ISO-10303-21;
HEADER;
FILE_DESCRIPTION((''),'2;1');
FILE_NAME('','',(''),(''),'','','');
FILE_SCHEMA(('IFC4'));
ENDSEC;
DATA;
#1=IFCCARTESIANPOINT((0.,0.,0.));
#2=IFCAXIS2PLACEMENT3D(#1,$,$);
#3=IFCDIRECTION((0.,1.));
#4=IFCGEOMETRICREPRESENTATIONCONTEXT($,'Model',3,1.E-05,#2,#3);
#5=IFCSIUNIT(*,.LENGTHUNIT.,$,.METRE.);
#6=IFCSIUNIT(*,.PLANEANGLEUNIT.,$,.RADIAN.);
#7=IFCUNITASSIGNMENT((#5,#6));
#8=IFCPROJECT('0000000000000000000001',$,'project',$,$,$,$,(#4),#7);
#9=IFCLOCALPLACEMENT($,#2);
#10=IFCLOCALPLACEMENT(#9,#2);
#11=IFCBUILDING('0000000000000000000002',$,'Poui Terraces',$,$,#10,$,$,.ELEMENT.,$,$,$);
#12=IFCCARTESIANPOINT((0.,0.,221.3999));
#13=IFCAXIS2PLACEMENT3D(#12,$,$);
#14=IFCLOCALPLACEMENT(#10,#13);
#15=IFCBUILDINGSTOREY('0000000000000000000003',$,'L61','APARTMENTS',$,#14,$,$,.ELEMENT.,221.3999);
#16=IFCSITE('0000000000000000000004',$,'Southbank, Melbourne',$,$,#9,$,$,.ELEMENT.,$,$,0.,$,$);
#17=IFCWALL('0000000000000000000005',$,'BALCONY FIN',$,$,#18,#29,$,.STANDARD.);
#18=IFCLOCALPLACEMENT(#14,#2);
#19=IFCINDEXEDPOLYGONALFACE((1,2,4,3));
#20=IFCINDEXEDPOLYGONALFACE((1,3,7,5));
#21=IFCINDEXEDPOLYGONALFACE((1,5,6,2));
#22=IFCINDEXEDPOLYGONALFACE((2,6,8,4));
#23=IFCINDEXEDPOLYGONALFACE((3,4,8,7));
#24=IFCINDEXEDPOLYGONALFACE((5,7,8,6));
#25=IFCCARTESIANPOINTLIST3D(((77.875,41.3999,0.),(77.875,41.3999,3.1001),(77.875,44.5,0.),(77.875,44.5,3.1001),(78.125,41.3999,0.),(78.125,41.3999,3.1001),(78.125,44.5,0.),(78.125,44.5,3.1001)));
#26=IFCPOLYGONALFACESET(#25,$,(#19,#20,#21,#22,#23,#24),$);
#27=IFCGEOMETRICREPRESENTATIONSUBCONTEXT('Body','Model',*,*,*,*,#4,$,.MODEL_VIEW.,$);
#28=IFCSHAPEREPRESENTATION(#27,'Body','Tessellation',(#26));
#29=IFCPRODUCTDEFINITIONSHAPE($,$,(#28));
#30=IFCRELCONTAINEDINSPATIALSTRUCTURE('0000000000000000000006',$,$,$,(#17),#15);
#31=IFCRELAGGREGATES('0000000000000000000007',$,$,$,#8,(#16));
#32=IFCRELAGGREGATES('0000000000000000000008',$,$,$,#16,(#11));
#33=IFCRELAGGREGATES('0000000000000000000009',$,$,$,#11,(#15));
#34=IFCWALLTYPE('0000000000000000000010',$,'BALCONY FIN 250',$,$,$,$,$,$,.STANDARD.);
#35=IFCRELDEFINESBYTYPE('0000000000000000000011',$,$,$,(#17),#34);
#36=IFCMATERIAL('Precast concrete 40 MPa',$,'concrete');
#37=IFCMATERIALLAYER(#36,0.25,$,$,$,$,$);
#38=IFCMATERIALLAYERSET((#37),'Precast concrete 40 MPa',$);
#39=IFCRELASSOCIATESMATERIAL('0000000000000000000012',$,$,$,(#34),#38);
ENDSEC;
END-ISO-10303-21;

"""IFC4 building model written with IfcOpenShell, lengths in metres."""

from ifc_helpers import new_model, si_unit, direction, frame, origin, place, context, subcontext, project, spatial, polyline, outline, extrude, source, transform, mapped, material, layer, layer_set, type_object, element, save


model = new_model("IFC4")

# Units and contexts
model_context = context("Model", 3, precision=1e-05, world=origin(), true_north=direction((0.0, 1.0)))
body_context = subcontext(model_context, "Body", "Model", "MODEL_VIEW")
ifc_project = project(units=[si_unit("LENGTHUNIT", "METRE"), si_unit("PLANEANGLEUNIT", "RADIAN")], contexts=[model_context])

# Site, building, storey
site_placement = place(None, origin())
site = spatial("IfcSite", under=ifc_project, at=site_placement, Name="Southbank, Melbourne", CompositionType="ELEMENT", RefElevation=0.0)
building_placement = place(site_placement, origin())
building = spatial("IfcBuilding", under=site, at=building_placement, Name="Poui Terraces", CompositionType="ELEMENT")
storey_placement = place(building_placement, frame((0.0, 0.0, 221.3999)))
storey = spatial("IfcBuildingStorey", under=building, at=storey_placement, Name="L61", Description="APARTMENTS", CompositionType="ELEMENT", Elevation=221.3999)

# Shared definitions
ifc_material_1 = material(Name="Precast concrete 40 MPa", Category="concrete")

# Wall
ifc_layer_1 = layer(ifc_material_1, 0.25)
ifc_layer_set_1 = layer_set([ifc_layer_1], Name="Precast concrete 40 MPa")
wall_type_1 = type_object("IfcWallType", Name="BALCONY FIN 250", PredefinedType="STANDARD", material=ifc_layer_set_1)
shared_shape_1 = source(origin(), body_context, "Body", "SweptSolid", [
    extrude(outline(polyline([(0.0, 0.0), (0.25, 0.0), (0.25, 3.1001), (0.0, 3.1001), (0.0, 0.0)])), origin(), (0.0, 0.0, 1.0), 3.1001),
])
wall_1_placement = place(storey_placement, frame((77.875, 41.3999, 0.0)))
element("IfcWall", 1, at=wall_1_placement, inside=storey, type_object=wall_type_1, Name="BALCONY FIN", PredefinedType="STANDARD", context=body_context, shape_type="MappedRepresentation", body=[
    mapped(shared_shape_1, transform((0.0, 0.0, 0.0))),
])

save(model, "model.ifc")
